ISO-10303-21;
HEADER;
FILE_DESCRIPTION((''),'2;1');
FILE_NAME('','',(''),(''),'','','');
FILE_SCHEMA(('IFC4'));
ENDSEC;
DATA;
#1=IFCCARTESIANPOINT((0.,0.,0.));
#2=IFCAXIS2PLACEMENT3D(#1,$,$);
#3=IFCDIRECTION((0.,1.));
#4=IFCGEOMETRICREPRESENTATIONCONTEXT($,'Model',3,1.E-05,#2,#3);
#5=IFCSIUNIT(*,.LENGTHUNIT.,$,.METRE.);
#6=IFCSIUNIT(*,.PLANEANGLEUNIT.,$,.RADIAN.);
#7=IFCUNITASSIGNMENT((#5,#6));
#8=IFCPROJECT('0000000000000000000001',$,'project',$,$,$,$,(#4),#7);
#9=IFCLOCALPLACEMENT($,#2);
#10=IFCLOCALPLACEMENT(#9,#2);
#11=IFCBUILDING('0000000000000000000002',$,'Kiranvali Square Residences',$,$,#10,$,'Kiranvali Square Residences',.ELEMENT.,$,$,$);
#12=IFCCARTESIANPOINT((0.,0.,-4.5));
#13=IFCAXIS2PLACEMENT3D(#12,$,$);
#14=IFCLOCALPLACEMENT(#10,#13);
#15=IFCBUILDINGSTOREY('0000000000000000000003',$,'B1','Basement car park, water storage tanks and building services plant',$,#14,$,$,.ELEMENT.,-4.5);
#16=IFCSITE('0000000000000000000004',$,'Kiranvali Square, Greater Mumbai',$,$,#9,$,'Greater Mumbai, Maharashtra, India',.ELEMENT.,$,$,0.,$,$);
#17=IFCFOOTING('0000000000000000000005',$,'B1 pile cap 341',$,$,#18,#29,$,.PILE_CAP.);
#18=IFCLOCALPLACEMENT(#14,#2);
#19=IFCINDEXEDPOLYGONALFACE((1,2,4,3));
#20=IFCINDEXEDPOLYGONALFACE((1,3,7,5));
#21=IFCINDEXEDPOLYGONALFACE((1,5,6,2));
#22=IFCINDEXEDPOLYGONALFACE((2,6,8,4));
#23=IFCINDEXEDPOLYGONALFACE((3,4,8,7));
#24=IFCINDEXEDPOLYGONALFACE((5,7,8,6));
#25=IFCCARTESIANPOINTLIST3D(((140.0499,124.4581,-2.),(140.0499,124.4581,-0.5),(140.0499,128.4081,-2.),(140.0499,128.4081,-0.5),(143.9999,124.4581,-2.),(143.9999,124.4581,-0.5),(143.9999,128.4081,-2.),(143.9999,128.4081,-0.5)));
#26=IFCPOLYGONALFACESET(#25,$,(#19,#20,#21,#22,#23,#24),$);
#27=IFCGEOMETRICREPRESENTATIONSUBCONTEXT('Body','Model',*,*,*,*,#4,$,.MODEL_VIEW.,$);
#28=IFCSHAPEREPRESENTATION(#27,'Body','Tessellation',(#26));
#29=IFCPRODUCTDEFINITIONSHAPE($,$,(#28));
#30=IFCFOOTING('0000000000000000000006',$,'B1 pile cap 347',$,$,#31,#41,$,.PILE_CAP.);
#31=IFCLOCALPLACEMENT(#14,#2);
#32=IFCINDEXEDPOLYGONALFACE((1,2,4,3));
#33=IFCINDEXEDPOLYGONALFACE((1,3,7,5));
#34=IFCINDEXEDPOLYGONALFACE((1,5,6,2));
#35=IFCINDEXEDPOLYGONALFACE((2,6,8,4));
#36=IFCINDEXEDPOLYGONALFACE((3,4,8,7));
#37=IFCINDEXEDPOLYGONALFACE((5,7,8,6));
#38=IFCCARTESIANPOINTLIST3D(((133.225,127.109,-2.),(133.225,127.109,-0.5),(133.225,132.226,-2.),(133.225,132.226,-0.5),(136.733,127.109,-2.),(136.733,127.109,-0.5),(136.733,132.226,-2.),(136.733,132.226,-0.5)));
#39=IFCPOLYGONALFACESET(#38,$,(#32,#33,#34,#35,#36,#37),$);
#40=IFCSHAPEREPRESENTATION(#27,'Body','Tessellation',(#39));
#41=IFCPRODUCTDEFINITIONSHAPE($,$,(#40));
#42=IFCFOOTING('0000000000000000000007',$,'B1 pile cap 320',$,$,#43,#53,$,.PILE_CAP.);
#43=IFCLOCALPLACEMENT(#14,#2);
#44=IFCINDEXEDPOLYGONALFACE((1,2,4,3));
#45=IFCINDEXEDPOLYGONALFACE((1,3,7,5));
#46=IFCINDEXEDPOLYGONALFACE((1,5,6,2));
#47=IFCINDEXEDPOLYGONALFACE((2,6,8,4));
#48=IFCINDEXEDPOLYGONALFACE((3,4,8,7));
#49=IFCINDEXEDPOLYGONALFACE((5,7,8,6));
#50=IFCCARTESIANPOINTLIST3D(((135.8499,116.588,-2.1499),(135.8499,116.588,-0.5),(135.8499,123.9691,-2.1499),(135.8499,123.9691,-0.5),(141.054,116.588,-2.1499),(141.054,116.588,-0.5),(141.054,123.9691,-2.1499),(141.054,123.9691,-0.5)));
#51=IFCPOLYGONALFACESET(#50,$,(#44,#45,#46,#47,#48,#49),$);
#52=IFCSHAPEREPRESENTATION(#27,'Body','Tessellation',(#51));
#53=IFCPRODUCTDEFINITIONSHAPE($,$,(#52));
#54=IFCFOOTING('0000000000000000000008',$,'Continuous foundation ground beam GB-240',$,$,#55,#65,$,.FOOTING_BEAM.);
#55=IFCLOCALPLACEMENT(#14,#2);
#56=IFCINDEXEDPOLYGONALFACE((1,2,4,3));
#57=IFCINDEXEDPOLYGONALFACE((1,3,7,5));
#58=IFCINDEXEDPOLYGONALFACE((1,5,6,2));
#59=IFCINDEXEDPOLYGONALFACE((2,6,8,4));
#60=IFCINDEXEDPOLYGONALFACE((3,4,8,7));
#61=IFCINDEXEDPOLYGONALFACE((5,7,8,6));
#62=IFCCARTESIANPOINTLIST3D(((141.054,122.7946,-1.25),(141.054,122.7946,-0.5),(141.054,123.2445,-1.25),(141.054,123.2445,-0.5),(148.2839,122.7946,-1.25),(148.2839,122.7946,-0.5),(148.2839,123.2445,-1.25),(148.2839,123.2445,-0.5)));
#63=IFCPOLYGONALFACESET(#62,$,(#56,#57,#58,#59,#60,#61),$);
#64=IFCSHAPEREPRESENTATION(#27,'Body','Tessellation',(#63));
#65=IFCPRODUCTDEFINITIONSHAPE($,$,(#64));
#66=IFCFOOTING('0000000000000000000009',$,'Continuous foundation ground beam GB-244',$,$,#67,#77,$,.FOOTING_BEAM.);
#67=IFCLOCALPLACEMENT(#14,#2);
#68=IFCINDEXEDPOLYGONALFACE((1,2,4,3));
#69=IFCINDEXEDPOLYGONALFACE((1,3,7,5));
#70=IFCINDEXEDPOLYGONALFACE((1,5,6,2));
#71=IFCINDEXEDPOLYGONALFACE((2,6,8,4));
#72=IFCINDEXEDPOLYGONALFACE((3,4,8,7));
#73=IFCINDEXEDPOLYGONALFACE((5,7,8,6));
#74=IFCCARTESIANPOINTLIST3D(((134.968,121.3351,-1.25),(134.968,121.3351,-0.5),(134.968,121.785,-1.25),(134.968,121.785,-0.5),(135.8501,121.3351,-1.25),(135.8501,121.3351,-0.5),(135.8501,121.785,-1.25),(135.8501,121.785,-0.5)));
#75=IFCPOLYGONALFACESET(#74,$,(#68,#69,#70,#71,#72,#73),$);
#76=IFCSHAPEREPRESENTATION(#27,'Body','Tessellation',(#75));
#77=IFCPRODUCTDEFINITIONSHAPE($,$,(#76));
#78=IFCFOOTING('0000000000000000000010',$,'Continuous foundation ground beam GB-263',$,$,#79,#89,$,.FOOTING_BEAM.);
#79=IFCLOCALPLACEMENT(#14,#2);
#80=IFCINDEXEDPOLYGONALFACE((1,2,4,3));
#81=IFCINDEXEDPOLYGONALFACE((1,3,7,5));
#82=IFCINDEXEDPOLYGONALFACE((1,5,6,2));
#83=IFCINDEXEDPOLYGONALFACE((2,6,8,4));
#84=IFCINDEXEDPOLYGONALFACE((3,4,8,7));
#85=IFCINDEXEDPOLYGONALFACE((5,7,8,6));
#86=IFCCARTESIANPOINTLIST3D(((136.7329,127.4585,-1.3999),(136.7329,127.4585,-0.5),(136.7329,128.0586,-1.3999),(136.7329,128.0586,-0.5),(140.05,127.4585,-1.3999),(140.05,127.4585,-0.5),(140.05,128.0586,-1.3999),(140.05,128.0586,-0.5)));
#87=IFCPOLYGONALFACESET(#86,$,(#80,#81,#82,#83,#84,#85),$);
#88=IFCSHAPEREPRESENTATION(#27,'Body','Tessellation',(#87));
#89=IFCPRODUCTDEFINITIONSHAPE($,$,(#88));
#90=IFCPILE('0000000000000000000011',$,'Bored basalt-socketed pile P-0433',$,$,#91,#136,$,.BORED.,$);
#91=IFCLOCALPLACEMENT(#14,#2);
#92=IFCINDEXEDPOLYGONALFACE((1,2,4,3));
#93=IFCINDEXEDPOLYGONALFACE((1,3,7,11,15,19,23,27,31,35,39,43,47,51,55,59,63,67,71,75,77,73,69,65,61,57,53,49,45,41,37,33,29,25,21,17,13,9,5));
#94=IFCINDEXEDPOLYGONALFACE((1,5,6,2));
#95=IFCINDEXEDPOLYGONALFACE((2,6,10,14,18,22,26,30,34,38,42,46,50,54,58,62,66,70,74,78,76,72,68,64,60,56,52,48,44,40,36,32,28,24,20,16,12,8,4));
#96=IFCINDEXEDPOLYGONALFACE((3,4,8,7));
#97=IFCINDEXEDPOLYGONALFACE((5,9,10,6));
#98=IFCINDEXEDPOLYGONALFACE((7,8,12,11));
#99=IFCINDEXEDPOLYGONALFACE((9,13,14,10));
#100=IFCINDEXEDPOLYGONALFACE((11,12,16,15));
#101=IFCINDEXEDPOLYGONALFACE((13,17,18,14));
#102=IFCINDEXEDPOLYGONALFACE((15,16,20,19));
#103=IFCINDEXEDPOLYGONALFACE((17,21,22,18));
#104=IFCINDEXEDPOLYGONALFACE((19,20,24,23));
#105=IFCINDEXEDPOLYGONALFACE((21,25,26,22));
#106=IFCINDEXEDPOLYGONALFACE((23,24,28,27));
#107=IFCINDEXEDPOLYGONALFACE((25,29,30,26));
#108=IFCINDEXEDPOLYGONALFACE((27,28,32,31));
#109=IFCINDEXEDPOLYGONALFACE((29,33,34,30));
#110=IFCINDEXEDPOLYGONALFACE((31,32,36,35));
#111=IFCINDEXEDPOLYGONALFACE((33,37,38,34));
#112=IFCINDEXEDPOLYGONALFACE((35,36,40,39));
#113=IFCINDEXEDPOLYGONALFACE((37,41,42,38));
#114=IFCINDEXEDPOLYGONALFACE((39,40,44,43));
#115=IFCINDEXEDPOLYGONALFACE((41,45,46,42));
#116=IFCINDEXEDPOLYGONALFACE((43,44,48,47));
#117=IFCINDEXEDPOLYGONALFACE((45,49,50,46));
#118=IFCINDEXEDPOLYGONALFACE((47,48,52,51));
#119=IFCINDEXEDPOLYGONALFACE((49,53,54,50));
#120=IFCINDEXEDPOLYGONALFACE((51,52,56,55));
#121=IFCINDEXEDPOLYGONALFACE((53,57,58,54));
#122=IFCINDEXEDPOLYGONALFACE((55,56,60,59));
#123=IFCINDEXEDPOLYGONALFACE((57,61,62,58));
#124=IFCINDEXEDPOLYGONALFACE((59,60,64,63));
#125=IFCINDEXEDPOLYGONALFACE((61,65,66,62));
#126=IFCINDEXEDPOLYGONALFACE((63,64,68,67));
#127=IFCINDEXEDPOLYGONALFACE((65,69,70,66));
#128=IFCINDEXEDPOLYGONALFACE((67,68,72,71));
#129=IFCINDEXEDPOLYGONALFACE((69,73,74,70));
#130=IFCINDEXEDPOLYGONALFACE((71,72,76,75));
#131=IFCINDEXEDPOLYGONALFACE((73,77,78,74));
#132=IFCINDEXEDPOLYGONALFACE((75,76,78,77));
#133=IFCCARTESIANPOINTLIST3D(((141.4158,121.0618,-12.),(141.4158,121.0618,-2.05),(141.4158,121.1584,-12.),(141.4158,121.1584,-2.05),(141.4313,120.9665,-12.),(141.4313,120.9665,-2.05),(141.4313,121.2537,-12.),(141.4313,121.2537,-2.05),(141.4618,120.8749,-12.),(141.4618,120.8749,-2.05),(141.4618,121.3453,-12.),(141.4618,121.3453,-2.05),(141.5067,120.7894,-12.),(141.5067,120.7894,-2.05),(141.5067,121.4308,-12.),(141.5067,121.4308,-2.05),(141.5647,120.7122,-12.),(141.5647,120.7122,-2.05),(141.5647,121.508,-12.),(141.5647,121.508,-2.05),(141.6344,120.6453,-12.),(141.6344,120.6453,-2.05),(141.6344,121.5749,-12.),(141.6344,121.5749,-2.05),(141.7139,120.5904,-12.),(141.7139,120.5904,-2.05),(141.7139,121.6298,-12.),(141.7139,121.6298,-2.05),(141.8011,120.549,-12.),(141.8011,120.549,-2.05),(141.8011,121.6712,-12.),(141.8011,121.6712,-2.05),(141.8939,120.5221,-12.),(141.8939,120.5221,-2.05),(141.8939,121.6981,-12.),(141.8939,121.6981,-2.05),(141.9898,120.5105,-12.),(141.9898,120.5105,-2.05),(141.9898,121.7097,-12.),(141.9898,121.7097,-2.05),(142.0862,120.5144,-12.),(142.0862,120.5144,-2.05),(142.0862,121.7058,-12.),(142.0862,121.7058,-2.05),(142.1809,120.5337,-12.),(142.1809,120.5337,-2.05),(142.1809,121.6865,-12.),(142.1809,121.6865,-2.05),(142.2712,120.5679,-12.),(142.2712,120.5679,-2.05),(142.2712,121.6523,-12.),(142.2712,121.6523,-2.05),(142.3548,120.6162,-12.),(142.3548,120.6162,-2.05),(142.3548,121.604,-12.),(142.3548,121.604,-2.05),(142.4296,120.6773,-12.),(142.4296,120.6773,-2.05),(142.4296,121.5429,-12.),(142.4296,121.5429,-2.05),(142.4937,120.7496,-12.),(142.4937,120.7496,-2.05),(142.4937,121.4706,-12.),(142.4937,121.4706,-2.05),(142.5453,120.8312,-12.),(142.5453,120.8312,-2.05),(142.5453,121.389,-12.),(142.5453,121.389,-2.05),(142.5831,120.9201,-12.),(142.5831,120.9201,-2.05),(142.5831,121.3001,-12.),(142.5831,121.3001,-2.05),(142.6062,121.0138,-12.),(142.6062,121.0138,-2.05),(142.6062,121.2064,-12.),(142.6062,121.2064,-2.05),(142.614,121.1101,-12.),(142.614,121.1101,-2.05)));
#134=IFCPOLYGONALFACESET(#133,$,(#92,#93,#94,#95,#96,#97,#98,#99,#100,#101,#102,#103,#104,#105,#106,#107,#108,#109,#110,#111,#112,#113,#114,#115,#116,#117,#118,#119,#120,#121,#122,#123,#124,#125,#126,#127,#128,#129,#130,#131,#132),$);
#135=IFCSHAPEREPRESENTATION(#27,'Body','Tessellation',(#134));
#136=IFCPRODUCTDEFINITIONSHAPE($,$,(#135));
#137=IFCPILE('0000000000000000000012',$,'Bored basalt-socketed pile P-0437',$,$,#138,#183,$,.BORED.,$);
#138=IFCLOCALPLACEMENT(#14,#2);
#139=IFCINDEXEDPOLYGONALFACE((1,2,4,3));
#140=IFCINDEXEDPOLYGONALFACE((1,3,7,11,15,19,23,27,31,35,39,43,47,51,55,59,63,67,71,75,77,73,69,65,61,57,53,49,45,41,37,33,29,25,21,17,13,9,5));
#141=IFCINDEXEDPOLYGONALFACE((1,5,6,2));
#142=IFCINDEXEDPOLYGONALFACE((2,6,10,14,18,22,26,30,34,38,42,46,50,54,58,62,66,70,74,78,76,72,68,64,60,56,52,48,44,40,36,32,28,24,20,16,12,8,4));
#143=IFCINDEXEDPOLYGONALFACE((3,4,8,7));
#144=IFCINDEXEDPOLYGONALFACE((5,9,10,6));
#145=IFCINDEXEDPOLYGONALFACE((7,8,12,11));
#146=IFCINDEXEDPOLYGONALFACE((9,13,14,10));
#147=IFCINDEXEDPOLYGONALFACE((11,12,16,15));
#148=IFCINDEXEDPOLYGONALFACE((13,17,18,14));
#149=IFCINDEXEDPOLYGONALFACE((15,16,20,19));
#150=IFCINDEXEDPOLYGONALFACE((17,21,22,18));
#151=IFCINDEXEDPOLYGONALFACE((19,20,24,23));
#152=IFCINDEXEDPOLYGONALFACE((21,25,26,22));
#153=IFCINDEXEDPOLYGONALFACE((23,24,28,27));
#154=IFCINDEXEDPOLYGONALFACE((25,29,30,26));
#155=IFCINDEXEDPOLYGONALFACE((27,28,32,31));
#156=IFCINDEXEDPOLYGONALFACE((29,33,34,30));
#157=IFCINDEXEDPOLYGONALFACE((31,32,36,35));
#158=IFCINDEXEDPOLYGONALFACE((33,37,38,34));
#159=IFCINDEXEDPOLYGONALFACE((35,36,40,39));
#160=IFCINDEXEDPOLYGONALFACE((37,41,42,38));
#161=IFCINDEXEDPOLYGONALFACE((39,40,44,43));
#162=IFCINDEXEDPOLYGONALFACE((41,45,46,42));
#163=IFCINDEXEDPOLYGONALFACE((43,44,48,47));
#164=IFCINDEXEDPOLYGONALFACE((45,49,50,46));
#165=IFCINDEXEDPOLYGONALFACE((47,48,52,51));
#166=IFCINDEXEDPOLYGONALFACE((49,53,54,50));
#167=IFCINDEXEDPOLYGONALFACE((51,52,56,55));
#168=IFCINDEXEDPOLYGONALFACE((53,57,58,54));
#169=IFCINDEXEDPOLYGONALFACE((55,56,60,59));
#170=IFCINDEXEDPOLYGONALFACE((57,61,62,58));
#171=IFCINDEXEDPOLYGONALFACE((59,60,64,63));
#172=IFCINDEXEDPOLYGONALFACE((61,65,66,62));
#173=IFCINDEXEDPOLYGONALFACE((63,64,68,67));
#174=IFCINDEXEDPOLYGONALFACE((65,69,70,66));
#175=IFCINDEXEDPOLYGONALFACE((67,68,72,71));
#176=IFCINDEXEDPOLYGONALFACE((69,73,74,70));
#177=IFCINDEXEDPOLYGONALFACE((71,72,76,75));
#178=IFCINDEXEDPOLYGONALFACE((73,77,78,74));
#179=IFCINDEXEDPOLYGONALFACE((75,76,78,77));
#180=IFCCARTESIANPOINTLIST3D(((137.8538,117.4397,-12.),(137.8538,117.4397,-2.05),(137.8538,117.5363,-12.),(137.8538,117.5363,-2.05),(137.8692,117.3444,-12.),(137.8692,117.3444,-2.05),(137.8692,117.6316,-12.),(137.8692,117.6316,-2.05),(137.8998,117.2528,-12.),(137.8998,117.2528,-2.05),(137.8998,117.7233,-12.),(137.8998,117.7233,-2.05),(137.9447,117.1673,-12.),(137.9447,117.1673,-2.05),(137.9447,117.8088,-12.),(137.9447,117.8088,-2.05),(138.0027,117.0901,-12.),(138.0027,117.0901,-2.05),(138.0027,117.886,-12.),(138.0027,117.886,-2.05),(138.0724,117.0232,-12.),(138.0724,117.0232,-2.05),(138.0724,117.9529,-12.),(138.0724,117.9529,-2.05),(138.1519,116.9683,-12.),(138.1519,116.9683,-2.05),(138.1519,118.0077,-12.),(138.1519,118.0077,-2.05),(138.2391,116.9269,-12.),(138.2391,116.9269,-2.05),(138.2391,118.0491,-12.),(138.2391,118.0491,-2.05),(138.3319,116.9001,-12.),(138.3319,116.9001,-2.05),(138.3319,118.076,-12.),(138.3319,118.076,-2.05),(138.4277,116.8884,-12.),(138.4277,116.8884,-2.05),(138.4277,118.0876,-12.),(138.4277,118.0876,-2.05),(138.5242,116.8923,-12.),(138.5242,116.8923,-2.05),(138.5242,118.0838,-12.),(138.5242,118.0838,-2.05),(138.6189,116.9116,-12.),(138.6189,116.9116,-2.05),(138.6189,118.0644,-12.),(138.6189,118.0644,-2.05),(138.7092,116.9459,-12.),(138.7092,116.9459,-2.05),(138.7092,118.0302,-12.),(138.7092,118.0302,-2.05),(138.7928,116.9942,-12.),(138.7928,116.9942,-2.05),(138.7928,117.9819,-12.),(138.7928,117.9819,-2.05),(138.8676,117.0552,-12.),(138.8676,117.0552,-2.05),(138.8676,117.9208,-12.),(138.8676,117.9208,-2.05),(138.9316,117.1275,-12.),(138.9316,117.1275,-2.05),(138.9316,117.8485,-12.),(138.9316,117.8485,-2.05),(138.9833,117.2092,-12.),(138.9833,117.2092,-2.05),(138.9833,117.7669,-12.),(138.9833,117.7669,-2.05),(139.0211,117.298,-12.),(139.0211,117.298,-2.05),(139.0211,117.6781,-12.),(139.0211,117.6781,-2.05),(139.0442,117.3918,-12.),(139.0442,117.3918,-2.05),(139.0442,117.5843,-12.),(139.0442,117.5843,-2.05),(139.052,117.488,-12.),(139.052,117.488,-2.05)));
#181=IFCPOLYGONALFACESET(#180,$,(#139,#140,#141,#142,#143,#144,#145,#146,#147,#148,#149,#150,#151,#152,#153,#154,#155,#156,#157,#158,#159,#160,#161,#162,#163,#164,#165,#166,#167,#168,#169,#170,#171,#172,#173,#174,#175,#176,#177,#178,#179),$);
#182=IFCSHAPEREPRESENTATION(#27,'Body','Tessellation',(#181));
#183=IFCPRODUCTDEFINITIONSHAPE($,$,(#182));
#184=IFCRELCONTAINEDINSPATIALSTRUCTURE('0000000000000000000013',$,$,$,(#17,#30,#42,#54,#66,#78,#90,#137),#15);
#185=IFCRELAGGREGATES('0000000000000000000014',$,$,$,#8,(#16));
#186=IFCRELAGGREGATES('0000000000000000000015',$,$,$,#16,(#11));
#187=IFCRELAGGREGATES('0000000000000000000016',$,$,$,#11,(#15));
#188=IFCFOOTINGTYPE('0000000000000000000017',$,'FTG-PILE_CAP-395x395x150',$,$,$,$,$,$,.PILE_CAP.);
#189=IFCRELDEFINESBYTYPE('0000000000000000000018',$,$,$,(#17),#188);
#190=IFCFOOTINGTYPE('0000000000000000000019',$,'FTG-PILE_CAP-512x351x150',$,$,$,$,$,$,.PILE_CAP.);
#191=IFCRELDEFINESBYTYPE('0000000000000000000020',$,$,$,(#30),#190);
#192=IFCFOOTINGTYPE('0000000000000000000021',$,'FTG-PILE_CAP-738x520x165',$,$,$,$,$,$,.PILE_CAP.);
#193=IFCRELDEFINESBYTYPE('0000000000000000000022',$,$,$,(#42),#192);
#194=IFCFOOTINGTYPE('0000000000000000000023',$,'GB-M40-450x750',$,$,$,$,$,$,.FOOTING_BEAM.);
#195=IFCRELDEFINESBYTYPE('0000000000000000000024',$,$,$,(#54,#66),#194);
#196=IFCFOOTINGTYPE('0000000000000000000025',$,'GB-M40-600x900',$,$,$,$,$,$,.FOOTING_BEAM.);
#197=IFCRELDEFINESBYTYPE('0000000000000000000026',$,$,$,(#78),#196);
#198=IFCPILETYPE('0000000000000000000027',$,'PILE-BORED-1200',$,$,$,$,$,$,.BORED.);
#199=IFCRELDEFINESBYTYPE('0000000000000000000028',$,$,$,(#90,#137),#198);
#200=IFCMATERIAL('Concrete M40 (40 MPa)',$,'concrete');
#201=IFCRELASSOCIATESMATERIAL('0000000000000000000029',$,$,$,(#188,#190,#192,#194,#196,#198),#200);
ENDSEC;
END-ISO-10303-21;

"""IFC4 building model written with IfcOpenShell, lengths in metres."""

from ifc_helpers import new_model, si_unit, direction, frame, origin, origin_2d, place, context, subcontext, project, spatial, rectangle, circle, extrude, material, material_profile, profile_set, type_object, element, save


model = new_model("IFC4")

# Units and contexts
model_context = context("Model", 3, precision=1e-05, world=origin(), true_north=direction((0.0, 1.0)))
body_context = subcontext(model_context, "Body", "Model", "MODEL_VIEW")
ifc_project = project(units=[si_unit("LENGTHUNIT", "METRE"), si_unit("PLANEANGLEUNIT", "RADIAN")], contexts=[model_context])

# Site, building, storey
site_placement = place(None, origin())
site = spatial("IfcSite", under=ifc_project, at=site_placement, Name="Kiranvali Square, Greater Mumbai", LongName="Greater Mumbai, Maharashtra, India", CompositionType="ELEMENT", RefElevation=0.0)
building_placement = place(site_placement, origin())
building = spatial("IfcBuilding", under=site, at=building_placement, Name="Kiranvali Square Residences", LongName="Kiranvali Square Residences", CompositionType="ELEMENT")
storey_placement = place(building_placement, frame((0.0, 0.0, -4.5)))
storey = spatial("IfcBuildingStorey", under=building, at=storey_placement, Name="B1", Description="Basement car park, water storage tanks and building services plant", CompositionType="ELEMENT", Elevation=-4.5)

# Footings
ifc_material_1 = material(Name="Concrete M40 (40 MPa)", Category="concrete")
footing_type_1 = type_object("IfcFootingType", Name="FTG-PILE_CAP-395x395x150", PredefinedType="PILE_CAP", material=ifc_material_1)
footing_1_placement = place(storey_placement, frame((142.0249, 126.4331, -2.0), z_axis=(0.0, 0.0, 1.0), x_axis=(1.0, 0.0, 0.0)))
element("IfcFooting", 1, at=footing_1_placement, inside=storey, type_object=footing_type_1, Name="B1 pile cap 341", PredefinedType="PILE_CAP", context=body_context, shape_type="SweptSolid", body=[
    extrude(rectangle(XDim=3.95, YDim=3.95, at=origin_2d()), origin(), (0.0, 0.0, 1.0), 1.5),
])
footing_type_2 = type_object("IfcFootingType", Name="FTG-PILE_CAP-512x351x150", PredefinedType="PILE_CAP", material=ifc_material_1)
footing_2_placement = place(storey_placement, frame((134.979, 129.6675, -2.0), z_axis=(0.0, 0.0, 1.0), x_axis=(0.0, 1.0, 0.0)))
element("IfcFooting", 2, at=footing_2_placement, inside=storey, type_object=footing_type_2, Name="B1 pile cap 347", PredefinedType="PILE_CAP", context=body_context, shape_type="SweptSolid", body=[
    extrude(rectangle(XDim=5.1169, YDim=3.5081, at=origin_2d()), origin(), (0.0, 0.0, 1.0), 1.5),
])
footing_type_3 = type_object("IfcFootingType", Name="FTG-PILE_CAP-738x520x165", PredefinedType="PILE_CAP", material=ifc_material_1)
footing_3_placement = place(storey_placement, frame((138.4519, 120.2786, -2.1499), z_axis=(0.0, 0.0, 1.0), x_axis=(0.0, 1.0, 0.0)))
element("IfcFooting", 3, at=footing_3_placement, inside=storey, type_object=footing_type_3, Name="B1 pile cap 320", PredefinedType="PILE_CAP", context=body_context, shape_type="SweptSolid", body=[
    extrude(rectangle(XDim=7.3811, YDim=5.2041, at=origin_2d()), origin(), (0.0, 0.0, 1.0), 1.6499),
])
ifc_material_profile_1 = material_profile(ifc_material_1, rectangle(XDim=0.45, YDim=0.75, at=origin_2d()), Name="GB 450x750")
ifc_profile_set_1 = profile_set([ifc_material_profile_1], Name="Concrete M40 (40 MPa)")
footing_type_4 = type_object("IfcFootingType", Name="GB-M40-450x750", PredefinedType="FOOTING_BEAM", material=ifc_profile_set_1)
footing_4_placement = place(storey_placement, frame((141.054, 123.0195, -0.875), z_axis=(1.0, 0.0, 0.0), x_axis=(0.0, 1.0, 0.0)))
element("IfcFooting", 4, at=footing_4_placement, inside=storey, type_object=footing_type_4, Name="Continuous foundation ground beam GB-240", PredefinedType="FOOTING_BEAM", context=body_context, shape_type="SweptSolid", body=[
    extrude(rectangle(XDim=0.45, YDim=0.75, at=origin_2d()), origin(), (0.0, 0.0, 1.0), 7.23),
])
footing_5_placement = place(storey_placement, frame((134.968, 121.5601, -0.875), z_axis=(1.0, 0.0, 0.0), x_axis=(0.0, 1.0, 0.0)))
element("IfcFooting", 5, at=footing_5_placement, inside=storey, type_object=footing_type_4, Name="Continuous foundation ground beam GB-244", PredefinedType="FOOTING_BEAM", context=body_context, shape_type="SweptSolid", body=[
    extrude(rectangle(XDim=0.45, YDim=0.75, at=origin_2d()), origin(), (0.0, 0.0, 1.0), 0.8821),
])
ifc_material_profile_2 = material_profile(ifc_material_1, rectangle(XDim=0.6001, YDim=0.8999, at=origin_2d()), Name="GB 600x900")
ifc_profile_set_2 = profile_set([ifc_material_profile_2], Name="Concrete M40 (40 MPa)")
footing_type_5 = type_object("IfcFootingType", Name="GB-M40-600x900", PredefinedType="FOOTING_BEAM", material=ifc_profile_set_2)
footing_6_placement = place(storey_placement, frame((136.7329, 127.7585, -0.95), z_axis=(1.0, 0.0, 0.0), x_axis=(0.0, 1.0, 0.0)))
element("IfcFooting", 6, at=footing_6_placement, inside=storey, type_object=footing_type_5, Name="Continuous foundation ground beam GB-263", PredefinedType="FOOTING_BEAM", context=body_context, shape_type="SweptSolid", body=[
    extrude(rectangle(XDim=0.6001, YDim=0.8999, at=origin_2d()), origin(), (0.0, 0.0, 1.0), 3.3171),
])

# Piles
ifc_material_profile_3 = material_profile(ifc_material_1, circle(Radius=0.6001, at=origin_2d()), Name="BORED PILE 1200")
ifc_profile_set_3 = profile_set([ifc_material_profile_3], Name="Concrete M40 (40 MPa)")
pile_type = type_object("IfcPileType", Name="PILE-BORED-1200", PredefinedType="BORED", material=ifc_profile_set_3)
for number, where, z_axis, x_axis, name in (
    (7, (142.0139, 121.1101, -2.05), (0.0, 0.0, -1.0), (1.0, 0.0, 0.0), "Bored basalt-socketed pile P-0433"),
    (8, (138.4519, 117.488, -2.05), (0.0, 0.0, -1.0), (1.0, 0.0, 0.0), "Bored basalt-socketed pile P-0437"),
):
    element("IfcPile", number, at=place(storey_placement, frame(where, z_axis=z_axis, x_axis=x_axis)), inside=storey, type_object=pile_type, Name=name, PredefinedType="BORED", context=body_context, shape_type="SweptSolid", body=[
        extrude(circle(Radius=0.6001, at=origin_2d()), origin(), (0.0, 0.0, 1.0), 9.95),
    ])

save(model, "model.ifc")
